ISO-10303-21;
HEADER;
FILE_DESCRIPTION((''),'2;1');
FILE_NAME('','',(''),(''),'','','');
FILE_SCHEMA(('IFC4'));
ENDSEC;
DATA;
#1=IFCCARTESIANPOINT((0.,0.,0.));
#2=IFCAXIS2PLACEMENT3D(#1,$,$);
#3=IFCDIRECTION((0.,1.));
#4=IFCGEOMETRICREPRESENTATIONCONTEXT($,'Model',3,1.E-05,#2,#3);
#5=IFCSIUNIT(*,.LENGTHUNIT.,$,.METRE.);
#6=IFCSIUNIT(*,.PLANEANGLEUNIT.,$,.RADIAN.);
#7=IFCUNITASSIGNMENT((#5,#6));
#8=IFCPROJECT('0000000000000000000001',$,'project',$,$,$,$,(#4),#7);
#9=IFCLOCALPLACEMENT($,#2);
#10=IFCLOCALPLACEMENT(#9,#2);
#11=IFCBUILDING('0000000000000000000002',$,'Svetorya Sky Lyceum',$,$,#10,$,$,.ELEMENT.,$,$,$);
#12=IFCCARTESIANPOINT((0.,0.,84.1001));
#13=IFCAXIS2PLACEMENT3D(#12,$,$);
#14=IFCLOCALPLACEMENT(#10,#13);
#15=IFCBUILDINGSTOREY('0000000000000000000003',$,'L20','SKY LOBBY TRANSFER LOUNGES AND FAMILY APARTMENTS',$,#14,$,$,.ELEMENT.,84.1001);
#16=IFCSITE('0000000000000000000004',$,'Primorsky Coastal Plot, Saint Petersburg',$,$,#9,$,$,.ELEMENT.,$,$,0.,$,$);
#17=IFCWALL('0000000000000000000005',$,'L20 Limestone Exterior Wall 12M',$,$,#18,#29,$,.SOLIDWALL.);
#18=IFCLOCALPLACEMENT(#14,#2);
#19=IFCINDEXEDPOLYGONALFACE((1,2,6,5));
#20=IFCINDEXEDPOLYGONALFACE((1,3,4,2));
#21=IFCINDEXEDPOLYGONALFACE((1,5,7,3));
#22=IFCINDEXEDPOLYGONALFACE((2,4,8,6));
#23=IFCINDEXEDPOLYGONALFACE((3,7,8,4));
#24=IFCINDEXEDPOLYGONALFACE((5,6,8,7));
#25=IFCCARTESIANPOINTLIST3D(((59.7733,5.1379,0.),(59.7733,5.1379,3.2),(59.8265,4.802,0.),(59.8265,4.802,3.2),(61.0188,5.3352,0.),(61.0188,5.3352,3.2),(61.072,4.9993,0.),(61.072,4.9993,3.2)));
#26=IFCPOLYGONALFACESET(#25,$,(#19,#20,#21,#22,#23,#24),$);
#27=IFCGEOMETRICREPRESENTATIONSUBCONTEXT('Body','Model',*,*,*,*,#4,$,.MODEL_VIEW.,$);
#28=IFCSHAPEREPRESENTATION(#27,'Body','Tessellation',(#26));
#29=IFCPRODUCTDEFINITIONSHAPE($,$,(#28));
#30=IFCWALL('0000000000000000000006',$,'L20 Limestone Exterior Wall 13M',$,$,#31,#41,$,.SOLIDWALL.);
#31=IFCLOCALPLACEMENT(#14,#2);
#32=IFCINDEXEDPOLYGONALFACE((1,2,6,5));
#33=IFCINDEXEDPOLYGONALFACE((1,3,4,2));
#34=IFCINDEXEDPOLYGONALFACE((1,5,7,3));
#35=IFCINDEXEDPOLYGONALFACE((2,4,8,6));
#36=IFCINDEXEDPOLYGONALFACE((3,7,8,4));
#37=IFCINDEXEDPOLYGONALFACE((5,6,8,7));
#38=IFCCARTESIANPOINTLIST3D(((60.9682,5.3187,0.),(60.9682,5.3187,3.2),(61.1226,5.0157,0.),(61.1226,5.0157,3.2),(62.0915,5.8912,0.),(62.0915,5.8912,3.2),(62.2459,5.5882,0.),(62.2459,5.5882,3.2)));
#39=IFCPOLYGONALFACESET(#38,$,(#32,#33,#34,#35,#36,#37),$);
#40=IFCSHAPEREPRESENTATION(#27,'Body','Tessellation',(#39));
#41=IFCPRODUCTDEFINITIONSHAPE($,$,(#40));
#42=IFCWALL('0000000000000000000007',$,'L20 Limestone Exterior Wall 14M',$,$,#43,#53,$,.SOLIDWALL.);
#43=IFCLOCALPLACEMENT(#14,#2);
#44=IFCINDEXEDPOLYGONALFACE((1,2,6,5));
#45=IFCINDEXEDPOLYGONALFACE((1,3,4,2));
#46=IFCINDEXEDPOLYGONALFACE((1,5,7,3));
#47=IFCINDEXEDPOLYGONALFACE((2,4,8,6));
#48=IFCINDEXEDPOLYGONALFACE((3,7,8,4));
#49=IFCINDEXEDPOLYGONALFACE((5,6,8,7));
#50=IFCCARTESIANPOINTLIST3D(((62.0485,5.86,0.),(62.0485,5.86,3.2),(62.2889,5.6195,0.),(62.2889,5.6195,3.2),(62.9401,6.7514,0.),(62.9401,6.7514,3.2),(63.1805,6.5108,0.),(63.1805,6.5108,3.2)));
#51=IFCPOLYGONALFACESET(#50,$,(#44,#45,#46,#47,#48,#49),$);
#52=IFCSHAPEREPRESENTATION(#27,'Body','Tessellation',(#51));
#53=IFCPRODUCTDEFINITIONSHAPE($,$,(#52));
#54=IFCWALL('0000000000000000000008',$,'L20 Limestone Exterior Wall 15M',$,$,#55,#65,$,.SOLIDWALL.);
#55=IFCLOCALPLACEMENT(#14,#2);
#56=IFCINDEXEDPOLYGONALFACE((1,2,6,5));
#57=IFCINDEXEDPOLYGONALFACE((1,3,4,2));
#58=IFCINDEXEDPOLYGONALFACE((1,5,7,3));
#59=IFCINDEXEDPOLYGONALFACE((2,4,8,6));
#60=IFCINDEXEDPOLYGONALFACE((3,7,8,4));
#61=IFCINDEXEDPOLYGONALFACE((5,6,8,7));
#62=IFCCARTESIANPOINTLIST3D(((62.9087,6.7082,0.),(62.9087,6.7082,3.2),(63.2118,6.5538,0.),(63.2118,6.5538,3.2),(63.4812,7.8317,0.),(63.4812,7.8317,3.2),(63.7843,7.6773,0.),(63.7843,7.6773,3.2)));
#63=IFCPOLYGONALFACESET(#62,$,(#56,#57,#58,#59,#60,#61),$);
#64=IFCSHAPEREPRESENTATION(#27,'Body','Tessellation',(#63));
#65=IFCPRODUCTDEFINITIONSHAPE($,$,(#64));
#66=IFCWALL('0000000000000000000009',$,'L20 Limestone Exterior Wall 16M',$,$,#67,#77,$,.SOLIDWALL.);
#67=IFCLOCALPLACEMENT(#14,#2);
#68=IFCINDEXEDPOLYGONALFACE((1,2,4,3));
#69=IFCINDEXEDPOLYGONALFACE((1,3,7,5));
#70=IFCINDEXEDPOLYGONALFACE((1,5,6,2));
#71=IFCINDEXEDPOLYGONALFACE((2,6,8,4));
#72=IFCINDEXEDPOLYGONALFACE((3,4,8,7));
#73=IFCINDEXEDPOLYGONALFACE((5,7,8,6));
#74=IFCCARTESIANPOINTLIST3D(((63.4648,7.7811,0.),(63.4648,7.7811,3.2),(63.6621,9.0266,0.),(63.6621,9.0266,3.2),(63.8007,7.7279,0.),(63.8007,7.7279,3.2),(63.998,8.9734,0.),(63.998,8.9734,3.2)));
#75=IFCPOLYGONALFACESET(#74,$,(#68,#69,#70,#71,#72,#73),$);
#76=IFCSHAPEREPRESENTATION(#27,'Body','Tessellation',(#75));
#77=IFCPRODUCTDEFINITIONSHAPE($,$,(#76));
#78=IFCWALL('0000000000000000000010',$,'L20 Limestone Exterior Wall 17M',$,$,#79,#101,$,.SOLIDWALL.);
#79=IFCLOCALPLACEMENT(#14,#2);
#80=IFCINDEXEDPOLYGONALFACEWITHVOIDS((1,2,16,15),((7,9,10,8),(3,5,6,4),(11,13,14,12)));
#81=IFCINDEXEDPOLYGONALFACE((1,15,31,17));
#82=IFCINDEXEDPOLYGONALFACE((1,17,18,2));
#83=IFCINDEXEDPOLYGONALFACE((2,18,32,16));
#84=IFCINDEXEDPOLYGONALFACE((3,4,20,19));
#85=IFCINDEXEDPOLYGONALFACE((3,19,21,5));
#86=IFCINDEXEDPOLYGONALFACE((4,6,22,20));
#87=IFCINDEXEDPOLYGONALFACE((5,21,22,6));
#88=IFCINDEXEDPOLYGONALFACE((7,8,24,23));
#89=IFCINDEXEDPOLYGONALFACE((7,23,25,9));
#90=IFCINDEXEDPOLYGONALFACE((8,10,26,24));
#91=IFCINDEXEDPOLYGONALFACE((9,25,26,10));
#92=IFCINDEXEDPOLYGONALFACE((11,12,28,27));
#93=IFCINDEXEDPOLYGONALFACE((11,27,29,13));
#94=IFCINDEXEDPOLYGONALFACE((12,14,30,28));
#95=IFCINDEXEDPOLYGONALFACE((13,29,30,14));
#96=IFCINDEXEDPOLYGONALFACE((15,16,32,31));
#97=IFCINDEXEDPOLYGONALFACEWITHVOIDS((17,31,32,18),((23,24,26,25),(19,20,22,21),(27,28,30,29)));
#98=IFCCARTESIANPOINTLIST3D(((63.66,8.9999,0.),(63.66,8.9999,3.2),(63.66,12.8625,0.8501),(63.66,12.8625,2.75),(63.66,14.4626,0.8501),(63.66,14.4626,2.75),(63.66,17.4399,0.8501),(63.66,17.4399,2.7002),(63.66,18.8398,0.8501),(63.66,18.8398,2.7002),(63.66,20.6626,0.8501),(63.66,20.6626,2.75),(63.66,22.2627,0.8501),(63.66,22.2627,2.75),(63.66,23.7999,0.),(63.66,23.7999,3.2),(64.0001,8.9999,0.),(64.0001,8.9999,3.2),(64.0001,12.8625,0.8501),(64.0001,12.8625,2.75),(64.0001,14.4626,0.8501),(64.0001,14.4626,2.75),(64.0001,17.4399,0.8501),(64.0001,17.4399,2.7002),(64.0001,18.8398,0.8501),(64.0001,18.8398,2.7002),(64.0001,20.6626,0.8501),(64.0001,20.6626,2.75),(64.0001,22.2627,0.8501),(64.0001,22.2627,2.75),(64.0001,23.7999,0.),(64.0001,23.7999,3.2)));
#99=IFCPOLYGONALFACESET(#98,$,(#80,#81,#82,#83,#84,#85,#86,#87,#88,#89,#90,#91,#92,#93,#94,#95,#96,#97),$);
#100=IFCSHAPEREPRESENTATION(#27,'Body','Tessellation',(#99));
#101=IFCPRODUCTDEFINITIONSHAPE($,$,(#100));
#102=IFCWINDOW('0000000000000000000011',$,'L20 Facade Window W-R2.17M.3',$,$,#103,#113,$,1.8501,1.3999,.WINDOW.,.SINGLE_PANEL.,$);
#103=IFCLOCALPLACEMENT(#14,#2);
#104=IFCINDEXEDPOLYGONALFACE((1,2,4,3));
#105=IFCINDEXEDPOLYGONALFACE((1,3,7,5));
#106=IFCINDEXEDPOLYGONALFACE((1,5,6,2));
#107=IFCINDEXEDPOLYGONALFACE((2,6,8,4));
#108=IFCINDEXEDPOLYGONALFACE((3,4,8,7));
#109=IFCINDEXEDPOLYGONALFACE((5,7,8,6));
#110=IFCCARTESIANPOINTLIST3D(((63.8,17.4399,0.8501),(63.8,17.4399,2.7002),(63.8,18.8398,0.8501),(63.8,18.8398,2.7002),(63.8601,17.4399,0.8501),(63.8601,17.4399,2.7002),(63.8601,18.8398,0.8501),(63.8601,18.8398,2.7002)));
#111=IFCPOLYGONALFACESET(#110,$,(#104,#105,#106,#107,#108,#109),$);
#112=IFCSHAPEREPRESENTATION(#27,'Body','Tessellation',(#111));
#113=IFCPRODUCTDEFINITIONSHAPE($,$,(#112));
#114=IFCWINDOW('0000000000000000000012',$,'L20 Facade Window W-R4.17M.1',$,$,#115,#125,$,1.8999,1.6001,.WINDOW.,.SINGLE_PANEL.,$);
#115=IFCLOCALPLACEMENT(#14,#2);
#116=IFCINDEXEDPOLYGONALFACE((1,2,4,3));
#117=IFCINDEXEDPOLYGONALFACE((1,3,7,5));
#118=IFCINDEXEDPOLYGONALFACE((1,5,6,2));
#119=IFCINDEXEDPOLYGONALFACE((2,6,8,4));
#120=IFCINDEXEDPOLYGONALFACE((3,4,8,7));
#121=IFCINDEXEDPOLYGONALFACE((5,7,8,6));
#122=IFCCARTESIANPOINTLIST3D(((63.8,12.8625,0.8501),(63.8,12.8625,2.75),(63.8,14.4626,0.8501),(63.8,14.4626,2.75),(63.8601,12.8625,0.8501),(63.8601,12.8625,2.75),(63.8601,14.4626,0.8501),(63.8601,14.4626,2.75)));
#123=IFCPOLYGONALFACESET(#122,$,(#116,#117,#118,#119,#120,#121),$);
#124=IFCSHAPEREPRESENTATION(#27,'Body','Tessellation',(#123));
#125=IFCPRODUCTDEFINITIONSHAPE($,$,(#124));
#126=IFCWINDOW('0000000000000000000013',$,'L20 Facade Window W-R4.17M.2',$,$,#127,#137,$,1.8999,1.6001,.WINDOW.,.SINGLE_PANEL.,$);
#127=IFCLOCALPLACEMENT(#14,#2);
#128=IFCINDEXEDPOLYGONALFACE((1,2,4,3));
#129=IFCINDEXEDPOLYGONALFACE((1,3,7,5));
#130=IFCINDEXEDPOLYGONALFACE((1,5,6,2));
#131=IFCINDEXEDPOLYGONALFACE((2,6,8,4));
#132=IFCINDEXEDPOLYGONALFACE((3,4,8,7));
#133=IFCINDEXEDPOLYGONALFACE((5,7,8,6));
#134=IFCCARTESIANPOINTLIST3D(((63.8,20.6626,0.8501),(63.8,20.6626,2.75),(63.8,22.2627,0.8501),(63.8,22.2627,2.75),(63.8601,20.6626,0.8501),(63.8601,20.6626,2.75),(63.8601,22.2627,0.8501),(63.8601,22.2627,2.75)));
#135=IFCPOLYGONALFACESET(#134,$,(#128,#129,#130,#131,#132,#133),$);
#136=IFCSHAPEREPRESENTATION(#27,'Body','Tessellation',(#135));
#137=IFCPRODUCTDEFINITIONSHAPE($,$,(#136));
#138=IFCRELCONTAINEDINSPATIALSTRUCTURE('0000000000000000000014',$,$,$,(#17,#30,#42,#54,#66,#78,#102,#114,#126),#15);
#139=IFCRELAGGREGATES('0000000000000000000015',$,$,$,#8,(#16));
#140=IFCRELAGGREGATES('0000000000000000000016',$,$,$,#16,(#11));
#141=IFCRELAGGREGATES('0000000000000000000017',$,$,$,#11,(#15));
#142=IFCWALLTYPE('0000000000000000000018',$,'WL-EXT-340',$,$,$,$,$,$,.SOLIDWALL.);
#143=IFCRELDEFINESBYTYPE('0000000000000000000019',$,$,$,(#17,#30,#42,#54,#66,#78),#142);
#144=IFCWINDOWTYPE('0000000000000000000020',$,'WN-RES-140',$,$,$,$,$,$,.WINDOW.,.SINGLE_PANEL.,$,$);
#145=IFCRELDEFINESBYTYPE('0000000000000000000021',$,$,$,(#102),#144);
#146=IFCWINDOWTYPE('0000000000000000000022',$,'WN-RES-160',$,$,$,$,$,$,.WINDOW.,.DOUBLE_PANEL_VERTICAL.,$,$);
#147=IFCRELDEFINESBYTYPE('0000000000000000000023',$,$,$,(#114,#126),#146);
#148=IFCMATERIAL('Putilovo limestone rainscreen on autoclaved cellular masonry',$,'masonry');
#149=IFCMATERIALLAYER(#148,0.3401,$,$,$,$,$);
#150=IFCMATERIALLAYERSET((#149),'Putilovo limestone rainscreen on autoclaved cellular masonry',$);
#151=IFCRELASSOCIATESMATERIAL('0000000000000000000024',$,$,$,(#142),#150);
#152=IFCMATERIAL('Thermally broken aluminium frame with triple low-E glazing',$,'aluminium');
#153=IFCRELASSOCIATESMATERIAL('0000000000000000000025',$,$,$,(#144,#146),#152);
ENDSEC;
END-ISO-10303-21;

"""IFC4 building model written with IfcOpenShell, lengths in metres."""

from ifc_helpers import new_model, si_unit, direction, frame, frame_2d, origin, place, context, subcontext, project, spatial, rectangle, extrude, material, layer, layer_set, type_object, element, fill, save


model = new_model("IFC4")

# Units and contexts
model_context = context("Model", 3, precision=1e-05, world=origin(), true_north=direction((0.0, 1.0)))
body_context = subcontext(model_context, "Body", "Model", "MODEL_VIEW")
ifc_project = project(units=[si_unit("LENGTHUNIT", "METRE"), si_unit("PLANEANGLEUNIT", "RADIAN")], contexts=[model_context])

# Site, building, storey
site_placement = place(None, origin())
site = spatial("IfcSite", under=ifc_project, at=site_placement, Name="Primorsky Coastal Plot, Saint Petersburg", CompositionType="ELEMENT", RefElevation=0.0)
building_placement = place(site_placement, origin())
building = spatial("IfcBuilding", under=site, at=building_placement, Name="Svetorya Sky Lyceum", CompositionType="ELEMENT")
storey_placement = place(building_placement, frame((0.0, 0.0, 84.1001)))
storey = spatial("IfcBuildingStorey", under=building, at=storey_placement, Name="L20", Description="SKY LOBBY TRANSFER LOUNGES AND FAMILY APARTMENTS", CompositionType="ELEMENT", Elevation=84.1001)

# Shared definitions
ifc_material_1 = material(Name="Putilovo limestone rainscreen on autoclaved cellular masonry", Category="masonry")
ifc_layer_1 = layer(ifc_material_1, 0.3401)
ifc_layer_set_1 = layer_set([ifc_layer_1], Name="Putilovo limestone rainscreen on autoclaved cellular masonry")
wall_type_1 = type_object("IfcWallType", Name="WL-EXT-340", PredefinedType="SOLIDWALL", material=ifc_layer_set_1)
ifc_material_2 = material(Name="Thermally broken aluminium frame with triple low-E glazing", Category="aluminium")

# Walls
wall_1_placement = place(storey_placement, frame((59.8, 4.97, 0.0), z_axis=(0.0, 0.0, 1.0), x_axis=(0.987686, 0.15645, 0.0)))
element("IfcWall", 1, at=wall_1_placement, inside=storey, type_object=wall_type_1, Name="L20 Limestone Exterior Wall 12M", PredefinedType="SOLIDWALL", context=body_context, shape_type="SweptSolid", body=[
    extrude(rectangle(XDim=1.261, YDim=0.3401, at=frame_2d((0.6304, 0.0))), origin(), (0.0, 0.0, 1.0), 3.2),
])
for number, where, z_axis, x_axis, name in (
    (2, (61.0454, 5.1672, 0.0), (0.0, 0.0, 1.0), (0.890954, 0.454094, 0.0), "L20 Limestone Exterior Wall 13M"),
    (3, (62.1687, 5.7397, 0.0), (0.0, 0.0, 1.0), (0.707204, 0.70701, 0.0), "L20 Limestone Exterior Wall 14M"),
):
    element("IfcWall", number, at=place(storey_placement, frame(where, z_axis=z_axis, x_axis=x_axis)), inside=storey, type_object=wall_type_1, Name=name, PredefinedType="SOLIDWALL", context=body_context, shape_type="SweptSolid", body=[
        extrude(rectangle(XDim=1.2607, YDim=0.3401, at=frame_2d((0.6304, 0.0))), origin(), (0.0, 0.0, 1.0), 3.2),
    ])
for number, where, z_axis, x_axis, name in (
    (4, (63.0603, 6.6311, 0.0), (0.0, 0.0, 1.0), (0.454016, 0.890994, 0.0), "L20 Limestone Exterior Wall 15M"),
    (5, (63.6328, 7.7546, 0.0), (0.0, 0.0, 1.0), (0.15645, 0.987686, 0.0), "L20 Limestone Exterior Wall 16M"),
):
    element("IfcWall", number, at=place(storey_placement, frame(where, z_axis=z_axis, x_axis=x_axis)), inside=storey, type_object=wall_type_1, Name=name, PredefinedType="SOLIDWALL", context=body_context, shape_type="SweptSolid", body=[
        extrude(rectangle(XDim=1.261, YDim=0.3401, at=frame_2d((0.6304, 0.0))), origin(), (0.0, 0.0, 1.0), 3.2),
    ])

# Wall, openings, windows
wall_2_placement = place(storey_placement, frame((63.8301, 9.0, 0.0), z_axis=(0.0, 0.0, 1.0), x_axis=(0.0, 1.0, 0.0)))
wall_2 = element("IfcWall", 6, at=wall_2_placement, inside=storey, type_object=wall_type_1, Name="L20 Limestone Exterior Wall 17M", PredefinedType="SOLIDWALL", context=body_context, shape_type="SweptSolid", body=[
    extrude(rectangle(XDim=14.8, YDim=0.3401, at=frame_2d((7.3999, 0.0))), origin(), (0.0, 0.0, 1.0), 3.2),
])
opening_1_placement = place(wall_2_placement, frame((3.8625, 0.0, 0.8501)))
opening_1 = element("IfcOpeningElement", 7, at=opening_1_placement, cuts=wall_2, PredefinedType="OPENING", context=body_context, shape_type="SweptSolid", body=[
    extrude(rectangle(XDim=1.6001, YDim=1.8999, at=frame_2d((0.8, 0.95))), frame((0.0, 0.1799, 0.0), z_axis=(0.0, -1.0, 0.0), x_axis=(1.0, 0.0, 0.0)), (0.0, 0.0, 1.0), 0.3601),
])
opening_2_placement = place(wall_2_placement, frame((8.4399, 0.0, 0.8501)))
opening_2 = element("IfcOpeningElement", 8, at=opening_2_placement, cuts=wall_2, PredefinedType="OPENING", context=body_context, shape_type="SweptSolid", body=[
    extrude(rectangle(XDim=1.3999, YDim=1.8501, at=frame_2d((0.7, 0.925))), frame((0.0, 0.1799, 0.0), z_axis=(0.0, -1.0, 0.0), x_axis=(1.0, 0.0, 0.0)), (0.0, 0.0, 1.0), 0.3601),
])
opening_3_placement = place(wall_2_placement, frame((11.6626, 0.0, 0.8501)))
opening_3 = element("IfcOpeningElement", 9, at=opening_3_placement, cuts=wall_2, PredefinedType="OPENING", context=body_context, shape_type="SweptSolid", body=[
    extrude(rectangle(XDim=1.6001, YDim=1.8999, at=frame_2d((0.8, 0.95))), frame((0.0, 0.1799, 0.0), z_axis=(0.0, -1.0, 0.0), x_axis=(1.0, 0.0, 0.0)), (0.0, 0.0, 1.0), 0.3601),
])
window_type_1 = type_object("IfcWindowType", Name="WN-RES-140", PartitioningType="SINGLE_PANEL", PredefinedType="WINDOW", material=ifc_material_2)
window_1_placement = place(opening_2_placement, origin())
window_1 = element("IfcWindow", 10, at=window_1_placement, inside=storey, type_object=window_type_1, Name="L20 Facade Window W-R2.17M.3", OverallHeight=1.8501, OverallWidth=1.3999, PartitioningType="SINGLE_PANEL", PredefinedType="WINDOW", context=body_context, shape_type="SweptSolid", body=[
    extrude(rectangle(XDim=1.3999, YDim=1.8501, at=frame_2d((0.7, 0.925))), frame((0.0, 0.03, 0.0), z_axis=(0.0, -1.0, 0.0), x_axis=(1.0, 0.0, 0.0)), (0.0, 0.0, 1.0), 0.0601),
])
fill(opening_2, window_1)
window_type_2 = type_object("IfcWindowType", Name="WN-RES-160", PartitioningType="DOUBLE_PANEL_VERTICAL", PredefinedType="WINDOW", material=ifc_material_2)
window_2_placement = place(opening_1_placement, origin())
window_2 = element("IfcWindow", 11, at=window_2_placement, inside=storey, type_object=window_type_2, Name="L20 Facade Window W-R4.17M.1", OverallHeight=1.8999, OverallWidth=1.6001, PartitioningType="SINGLE_PANEL", PredefinedType="WINDOW", context=body_context, shape_type="SweptSolid", body=[
    extrude(rectangle(XDim=1.6001, YDim=1.8999, at=frame_2d((0.8, 0.95))), frame((0.0, 0.03, 0.0), z_axis=(0.0, -1.0, 0.0), x_axis=(1.0, 0.0, 0.0)), (0.0, 0.0, 1.0), 0.0601),
])
fill(opening_1, window_2)
window_3_placement = place(opening_3_placement, origin())
window_3 = element("IfcWindow", 12, at=window_3_placement, inside=storey, type_object=window_type_2, Name="L20 Facade Window W-R4.17M.2", OverallHeight=1.8999, OverallWidth=1.6001, PartitioningType="SINGLE_PANEL", PredefinedType="WINDOW", context=body_context, shape_type="SweptSolid", body=[
    extrude(rectangle(XDim=1.6001, YDim=1.8999, at=frame_2d((0.8, 0.95))), frame((0.0, 0.03, 0.0), z_axis=(0.0, -1.0, 0.0), x_axis=(1.0, 0.0, 0.0)), (0.0, 0.0, 1.0), 0.0601),
])
fill(opening_3, window_3)

save(model, "model.ifc")
